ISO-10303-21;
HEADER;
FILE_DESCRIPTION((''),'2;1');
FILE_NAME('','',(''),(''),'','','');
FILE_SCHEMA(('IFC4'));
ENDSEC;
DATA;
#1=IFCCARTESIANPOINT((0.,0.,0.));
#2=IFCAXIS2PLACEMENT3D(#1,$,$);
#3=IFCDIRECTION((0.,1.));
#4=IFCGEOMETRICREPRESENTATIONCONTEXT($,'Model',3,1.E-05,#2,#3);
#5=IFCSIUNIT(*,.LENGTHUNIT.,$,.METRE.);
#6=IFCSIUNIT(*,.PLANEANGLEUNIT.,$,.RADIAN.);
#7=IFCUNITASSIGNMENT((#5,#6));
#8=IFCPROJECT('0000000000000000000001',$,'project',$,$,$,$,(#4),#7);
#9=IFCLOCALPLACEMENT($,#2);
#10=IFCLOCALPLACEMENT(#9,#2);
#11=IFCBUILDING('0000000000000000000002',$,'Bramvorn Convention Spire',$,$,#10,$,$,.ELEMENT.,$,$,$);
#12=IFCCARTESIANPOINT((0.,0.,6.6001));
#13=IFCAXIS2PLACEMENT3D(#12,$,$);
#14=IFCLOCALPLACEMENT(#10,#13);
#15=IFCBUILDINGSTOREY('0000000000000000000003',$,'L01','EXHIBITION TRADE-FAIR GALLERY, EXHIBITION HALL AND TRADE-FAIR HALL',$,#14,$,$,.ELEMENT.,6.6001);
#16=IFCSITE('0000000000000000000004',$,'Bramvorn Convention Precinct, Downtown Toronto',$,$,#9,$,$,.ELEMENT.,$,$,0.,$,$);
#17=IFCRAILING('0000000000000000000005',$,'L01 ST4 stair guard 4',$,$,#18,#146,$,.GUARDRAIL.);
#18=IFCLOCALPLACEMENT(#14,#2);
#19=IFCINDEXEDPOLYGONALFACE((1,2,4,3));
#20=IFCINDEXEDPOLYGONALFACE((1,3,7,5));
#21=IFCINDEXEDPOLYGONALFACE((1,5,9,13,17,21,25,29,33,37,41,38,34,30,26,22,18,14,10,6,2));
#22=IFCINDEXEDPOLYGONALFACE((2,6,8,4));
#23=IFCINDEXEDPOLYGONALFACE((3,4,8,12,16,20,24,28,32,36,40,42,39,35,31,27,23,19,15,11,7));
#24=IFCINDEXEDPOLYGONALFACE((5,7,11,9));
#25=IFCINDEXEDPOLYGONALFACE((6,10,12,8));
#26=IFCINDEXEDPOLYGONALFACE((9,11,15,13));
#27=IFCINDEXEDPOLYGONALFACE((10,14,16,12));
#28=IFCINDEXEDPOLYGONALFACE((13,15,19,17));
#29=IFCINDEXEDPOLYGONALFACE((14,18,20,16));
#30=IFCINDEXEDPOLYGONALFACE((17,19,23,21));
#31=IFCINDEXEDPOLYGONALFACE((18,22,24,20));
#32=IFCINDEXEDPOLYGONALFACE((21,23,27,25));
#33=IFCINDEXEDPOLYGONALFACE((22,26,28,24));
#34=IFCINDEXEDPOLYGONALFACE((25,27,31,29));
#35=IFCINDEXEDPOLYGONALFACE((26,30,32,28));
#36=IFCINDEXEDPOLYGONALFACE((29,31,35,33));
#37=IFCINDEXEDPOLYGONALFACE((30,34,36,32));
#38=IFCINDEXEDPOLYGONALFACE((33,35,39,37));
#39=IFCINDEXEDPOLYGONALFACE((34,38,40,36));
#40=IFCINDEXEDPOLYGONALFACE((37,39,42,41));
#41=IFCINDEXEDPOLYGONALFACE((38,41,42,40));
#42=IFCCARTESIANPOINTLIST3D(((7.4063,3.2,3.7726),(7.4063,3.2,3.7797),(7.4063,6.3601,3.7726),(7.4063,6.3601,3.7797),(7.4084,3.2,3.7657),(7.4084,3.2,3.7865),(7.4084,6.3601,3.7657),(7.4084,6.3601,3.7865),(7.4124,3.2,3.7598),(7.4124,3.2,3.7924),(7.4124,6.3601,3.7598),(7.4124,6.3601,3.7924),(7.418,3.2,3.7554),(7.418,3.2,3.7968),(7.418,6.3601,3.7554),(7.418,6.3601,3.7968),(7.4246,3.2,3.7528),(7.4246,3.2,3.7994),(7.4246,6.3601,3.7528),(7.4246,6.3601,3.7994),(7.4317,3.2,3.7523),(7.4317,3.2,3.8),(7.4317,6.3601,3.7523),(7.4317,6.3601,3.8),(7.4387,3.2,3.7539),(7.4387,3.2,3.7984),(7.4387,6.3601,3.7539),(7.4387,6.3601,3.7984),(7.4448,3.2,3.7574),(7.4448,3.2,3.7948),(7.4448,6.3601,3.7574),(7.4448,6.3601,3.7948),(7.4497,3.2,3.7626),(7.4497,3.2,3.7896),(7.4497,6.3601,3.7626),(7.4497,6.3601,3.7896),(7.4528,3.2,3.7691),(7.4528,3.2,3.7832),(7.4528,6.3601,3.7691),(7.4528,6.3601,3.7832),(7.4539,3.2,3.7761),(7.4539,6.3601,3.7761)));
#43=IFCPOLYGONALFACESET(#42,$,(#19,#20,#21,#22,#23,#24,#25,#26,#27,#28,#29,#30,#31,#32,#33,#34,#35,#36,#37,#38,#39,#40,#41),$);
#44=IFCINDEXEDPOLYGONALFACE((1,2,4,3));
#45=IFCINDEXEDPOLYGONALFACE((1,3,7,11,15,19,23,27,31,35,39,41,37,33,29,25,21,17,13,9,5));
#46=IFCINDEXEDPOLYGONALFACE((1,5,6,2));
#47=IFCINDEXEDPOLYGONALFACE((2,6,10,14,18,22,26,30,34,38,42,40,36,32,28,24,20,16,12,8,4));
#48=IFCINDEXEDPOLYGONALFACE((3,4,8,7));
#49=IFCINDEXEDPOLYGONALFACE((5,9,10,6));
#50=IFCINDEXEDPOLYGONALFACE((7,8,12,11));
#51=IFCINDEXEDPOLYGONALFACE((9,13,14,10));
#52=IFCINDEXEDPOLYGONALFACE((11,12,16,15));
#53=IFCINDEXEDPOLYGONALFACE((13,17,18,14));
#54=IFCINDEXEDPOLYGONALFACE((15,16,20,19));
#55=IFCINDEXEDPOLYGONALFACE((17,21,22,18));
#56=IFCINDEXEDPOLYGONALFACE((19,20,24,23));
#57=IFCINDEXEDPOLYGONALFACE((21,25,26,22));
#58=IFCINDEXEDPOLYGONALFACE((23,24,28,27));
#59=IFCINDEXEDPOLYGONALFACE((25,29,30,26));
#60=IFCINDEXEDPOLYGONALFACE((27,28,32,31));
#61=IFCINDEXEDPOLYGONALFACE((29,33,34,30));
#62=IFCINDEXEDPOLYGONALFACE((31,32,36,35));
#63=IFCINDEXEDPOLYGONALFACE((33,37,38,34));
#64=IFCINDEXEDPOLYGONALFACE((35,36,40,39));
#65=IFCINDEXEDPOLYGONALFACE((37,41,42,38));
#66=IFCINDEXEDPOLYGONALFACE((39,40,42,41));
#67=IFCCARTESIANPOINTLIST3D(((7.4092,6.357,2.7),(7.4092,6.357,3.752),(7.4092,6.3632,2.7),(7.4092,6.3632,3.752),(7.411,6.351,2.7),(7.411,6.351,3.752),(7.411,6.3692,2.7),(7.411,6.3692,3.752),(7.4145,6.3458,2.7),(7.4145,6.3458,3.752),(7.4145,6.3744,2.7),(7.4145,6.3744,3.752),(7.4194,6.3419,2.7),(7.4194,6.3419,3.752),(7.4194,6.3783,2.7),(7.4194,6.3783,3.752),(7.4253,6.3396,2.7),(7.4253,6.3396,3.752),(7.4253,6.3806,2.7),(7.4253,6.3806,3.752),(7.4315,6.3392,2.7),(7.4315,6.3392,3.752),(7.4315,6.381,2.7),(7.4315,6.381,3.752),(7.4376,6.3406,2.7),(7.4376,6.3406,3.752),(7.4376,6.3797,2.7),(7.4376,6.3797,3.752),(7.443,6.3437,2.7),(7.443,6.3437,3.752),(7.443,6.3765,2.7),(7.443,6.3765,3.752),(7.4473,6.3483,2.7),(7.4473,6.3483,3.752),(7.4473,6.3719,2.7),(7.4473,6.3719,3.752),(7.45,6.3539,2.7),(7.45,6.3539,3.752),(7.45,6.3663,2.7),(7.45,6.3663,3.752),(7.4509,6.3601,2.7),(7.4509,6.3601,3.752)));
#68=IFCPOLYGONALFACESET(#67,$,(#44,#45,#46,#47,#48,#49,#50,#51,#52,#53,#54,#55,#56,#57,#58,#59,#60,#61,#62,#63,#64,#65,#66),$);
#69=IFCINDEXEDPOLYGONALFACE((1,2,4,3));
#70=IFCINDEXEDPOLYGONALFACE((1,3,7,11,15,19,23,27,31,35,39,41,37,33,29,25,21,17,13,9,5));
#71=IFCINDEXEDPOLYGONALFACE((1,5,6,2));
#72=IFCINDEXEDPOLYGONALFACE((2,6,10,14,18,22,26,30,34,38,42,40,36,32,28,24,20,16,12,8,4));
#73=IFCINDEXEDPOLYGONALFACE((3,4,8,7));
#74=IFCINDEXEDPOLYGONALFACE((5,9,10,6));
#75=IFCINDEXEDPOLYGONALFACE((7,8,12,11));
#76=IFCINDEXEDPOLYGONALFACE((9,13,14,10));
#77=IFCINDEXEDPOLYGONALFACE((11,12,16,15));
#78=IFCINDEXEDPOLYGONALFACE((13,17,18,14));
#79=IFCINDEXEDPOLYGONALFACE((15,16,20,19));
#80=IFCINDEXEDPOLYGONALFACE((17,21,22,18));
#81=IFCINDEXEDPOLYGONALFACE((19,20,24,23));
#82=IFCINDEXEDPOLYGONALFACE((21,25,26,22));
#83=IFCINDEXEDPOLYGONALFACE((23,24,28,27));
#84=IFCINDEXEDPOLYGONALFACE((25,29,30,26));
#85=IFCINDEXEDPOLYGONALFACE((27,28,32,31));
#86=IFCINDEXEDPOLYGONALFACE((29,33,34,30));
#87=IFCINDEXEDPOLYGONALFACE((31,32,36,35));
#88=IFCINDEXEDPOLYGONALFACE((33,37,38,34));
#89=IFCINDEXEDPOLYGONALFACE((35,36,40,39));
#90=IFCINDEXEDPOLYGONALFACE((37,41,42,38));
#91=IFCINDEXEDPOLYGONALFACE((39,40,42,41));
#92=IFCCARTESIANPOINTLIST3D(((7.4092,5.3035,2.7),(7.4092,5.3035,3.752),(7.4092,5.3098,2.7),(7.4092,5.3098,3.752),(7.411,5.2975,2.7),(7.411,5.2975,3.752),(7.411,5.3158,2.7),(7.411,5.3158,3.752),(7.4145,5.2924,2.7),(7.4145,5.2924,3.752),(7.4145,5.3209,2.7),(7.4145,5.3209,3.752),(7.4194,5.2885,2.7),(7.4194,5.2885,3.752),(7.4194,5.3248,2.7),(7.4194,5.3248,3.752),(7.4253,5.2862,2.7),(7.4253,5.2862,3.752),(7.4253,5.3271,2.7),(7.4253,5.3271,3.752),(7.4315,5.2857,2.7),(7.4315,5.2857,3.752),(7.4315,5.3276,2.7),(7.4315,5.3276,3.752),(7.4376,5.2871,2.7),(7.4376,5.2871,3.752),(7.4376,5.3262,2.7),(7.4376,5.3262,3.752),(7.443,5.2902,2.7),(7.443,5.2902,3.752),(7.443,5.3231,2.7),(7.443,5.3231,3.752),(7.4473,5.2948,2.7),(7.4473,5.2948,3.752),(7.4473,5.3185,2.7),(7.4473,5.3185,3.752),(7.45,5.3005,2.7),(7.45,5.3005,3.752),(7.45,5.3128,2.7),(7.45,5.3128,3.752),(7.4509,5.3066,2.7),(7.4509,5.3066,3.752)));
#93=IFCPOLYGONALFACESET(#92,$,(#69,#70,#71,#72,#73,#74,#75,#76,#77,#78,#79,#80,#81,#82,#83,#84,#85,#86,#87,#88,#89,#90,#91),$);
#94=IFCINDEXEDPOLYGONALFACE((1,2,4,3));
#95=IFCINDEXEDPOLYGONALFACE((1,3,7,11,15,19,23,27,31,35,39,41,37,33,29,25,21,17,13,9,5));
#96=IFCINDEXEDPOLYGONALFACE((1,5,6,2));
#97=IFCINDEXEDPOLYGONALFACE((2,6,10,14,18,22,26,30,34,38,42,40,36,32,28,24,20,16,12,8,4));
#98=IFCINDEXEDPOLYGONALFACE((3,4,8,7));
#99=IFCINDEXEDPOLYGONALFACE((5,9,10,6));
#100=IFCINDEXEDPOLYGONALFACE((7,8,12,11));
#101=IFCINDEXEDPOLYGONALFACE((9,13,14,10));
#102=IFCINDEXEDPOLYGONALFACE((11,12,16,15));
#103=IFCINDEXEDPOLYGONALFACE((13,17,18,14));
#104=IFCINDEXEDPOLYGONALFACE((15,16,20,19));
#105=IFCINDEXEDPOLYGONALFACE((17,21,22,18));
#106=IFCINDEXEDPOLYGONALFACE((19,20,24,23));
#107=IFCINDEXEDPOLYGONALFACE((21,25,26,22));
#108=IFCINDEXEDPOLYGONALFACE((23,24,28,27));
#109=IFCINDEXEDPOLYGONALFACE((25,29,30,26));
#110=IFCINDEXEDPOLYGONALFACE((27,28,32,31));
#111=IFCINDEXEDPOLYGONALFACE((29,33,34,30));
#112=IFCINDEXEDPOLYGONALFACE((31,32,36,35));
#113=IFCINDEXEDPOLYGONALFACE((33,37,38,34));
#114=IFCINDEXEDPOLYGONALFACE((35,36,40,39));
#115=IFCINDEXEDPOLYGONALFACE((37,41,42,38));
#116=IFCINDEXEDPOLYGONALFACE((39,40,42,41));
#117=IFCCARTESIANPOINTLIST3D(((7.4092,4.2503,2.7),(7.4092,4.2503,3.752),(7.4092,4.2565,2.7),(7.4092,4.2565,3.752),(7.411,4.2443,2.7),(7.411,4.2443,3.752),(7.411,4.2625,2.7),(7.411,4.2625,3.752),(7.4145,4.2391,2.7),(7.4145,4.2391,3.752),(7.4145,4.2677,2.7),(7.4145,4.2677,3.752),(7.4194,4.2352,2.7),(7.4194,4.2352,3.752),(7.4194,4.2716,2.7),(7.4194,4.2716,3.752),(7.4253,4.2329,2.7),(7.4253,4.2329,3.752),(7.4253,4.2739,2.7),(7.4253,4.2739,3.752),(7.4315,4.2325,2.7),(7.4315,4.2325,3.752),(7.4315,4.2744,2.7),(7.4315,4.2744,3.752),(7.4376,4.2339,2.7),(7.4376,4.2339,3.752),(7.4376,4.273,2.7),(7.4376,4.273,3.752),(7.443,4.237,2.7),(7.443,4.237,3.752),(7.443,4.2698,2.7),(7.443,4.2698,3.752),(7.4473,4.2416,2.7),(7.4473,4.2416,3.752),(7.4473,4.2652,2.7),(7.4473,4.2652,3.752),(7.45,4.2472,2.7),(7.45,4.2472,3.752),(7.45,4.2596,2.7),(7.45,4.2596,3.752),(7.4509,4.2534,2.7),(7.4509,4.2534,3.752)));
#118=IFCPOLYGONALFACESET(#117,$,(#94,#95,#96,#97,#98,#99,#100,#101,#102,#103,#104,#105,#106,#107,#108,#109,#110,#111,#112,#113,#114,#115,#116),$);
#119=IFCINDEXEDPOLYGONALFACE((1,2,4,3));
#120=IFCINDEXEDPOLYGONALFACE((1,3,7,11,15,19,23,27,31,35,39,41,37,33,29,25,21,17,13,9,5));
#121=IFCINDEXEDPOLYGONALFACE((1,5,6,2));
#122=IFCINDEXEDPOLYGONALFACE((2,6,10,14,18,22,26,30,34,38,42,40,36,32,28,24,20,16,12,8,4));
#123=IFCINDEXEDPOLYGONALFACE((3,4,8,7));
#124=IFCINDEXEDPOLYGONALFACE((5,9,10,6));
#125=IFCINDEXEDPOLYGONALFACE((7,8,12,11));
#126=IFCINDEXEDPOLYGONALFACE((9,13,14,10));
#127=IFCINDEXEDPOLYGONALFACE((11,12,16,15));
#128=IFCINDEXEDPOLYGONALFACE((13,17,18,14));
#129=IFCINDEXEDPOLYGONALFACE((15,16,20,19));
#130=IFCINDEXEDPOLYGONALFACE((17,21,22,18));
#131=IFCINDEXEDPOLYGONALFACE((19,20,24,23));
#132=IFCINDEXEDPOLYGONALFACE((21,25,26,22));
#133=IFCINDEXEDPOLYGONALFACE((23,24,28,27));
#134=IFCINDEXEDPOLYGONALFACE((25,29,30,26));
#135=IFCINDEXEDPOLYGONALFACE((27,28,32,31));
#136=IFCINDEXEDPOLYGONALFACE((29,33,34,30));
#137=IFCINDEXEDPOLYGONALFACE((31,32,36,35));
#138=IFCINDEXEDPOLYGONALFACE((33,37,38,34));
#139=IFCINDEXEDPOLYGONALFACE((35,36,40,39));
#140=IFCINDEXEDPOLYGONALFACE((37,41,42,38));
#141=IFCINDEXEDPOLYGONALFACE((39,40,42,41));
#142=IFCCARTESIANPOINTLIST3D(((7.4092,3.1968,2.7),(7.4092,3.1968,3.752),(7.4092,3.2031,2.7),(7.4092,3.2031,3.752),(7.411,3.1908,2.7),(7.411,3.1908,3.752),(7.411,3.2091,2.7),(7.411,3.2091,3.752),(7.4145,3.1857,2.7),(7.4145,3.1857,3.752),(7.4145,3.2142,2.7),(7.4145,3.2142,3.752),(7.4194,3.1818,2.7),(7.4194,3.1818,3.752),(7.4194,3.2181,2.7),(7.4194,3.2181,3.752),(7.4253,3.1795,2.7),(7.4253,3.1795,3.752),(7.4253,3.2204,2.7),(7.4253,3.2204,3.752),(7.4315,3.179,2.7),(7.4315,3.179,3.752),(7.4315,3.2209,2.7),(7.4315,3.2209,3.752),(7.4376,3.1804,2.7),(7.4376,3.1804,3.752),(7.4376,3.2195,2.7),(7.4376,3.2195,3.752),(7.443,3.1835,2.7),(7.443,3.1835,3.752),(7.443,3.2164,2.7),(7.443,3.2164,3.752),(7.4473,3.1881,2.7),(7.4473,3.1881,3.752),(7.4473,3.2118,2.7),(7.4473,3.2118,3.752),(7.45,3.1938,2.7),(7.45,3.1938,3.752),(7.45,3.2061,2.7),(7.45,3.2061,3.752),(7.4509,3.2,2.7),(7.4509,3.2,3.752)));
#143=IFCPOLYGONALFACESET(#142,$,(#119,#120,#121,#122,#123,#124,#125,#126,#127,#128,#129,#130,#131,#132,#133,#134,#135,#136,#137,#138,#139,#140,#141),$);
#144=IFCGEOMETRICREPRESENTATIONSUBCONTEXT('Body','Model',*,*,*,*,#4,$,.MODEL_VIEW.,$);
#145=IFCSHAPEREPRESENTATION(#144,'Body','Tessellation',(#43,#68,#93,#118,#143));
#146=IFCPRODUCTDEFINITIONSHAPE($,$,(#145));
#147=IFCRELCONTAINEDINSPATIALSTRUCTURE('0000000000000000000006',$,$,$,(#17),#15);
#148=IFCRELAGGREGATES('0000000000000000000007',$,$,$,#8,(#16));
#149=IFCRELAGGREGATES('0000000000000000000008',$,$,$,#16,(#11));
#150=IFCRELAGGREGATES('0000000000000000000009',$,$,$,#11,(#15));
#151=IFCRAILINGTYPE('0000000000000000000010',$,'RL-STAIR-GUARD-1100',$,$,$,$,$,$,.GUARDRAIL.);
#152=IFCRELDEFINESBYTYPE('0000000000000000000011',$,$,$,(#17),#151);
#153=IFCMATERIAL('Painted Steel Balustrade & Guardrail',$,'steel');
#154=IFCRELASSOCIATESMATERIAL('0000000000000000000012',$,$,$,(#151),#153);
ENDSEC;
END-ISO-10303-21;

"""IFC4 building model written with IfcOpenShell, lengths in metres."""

from ifc_helpers import new_model, si_unit, direction, frame, origin, origin_2d, place, context, subcontext, project, spatial, circle, extrude, material, type_object, element, save


model = new_model("IFC4")

# Units and contexts
model_context = context("Model", 3, precision=1e-05, world=origin(), true_north=direction((0.0, 1.0)))
body_context = subcontext(model_context, "Body", "Model", "MODEL_VIEW")
ifc_project = project(units=[si_unit("LENGTHUNIT", "METRE"), si_unit("PLANEANGLEUNIT", "RADIAN")], contexts=[model_context])

# Site, building, storey
site_placement = place(None, origin())
site = spatial("IfcSite", under=ifc_project, at=site_placement, Name="Bramvorn Convention Precinct, Downtown Toronto", CompositionType="ELEMENT", RefElevation=0.0)
building_placement = place(site_placement, origin())
building = spatial("IfcBuilding", under=site, at=building_placement, Name="Bramvorn Convention Spire", CompositionType="ELEMENT")
storey_placement = place(building_placement, frame((0.0, 0.0, 6.6001)))
storey = spatial("IfcBuildingStorey", under=building, at=storey_placement, Name="L01", Description="EXHIBITION TRADE-FAIR GALLERY, EXHIBITION HALL AND TRADE-FAIR HALL", CompositionType="ELEMENT", Elevation=6.6001)

# Railing
ifc_material_1 = material(Name="Painted Steel Balustrade & Guardrail", Category="steel")
railing_type_1 = type_object("IfcRailingType", Name="RL-STAIR-GUARD-1100", PredefinedType="GUARDRAIL", material=ifc_material_1)
for number, where, name in (
    (1, (7.4299, 6.3601, 2.7), "L01 ST4 stair guard 4"),
):
    element("IfcRailing", number, at=place(storey_placement, frame(where)), inside=storey, type_object=railing_type_1, Name=name, PredefinedType="GUARDRAIL", context=body_context, shape_type="SweptSolid", body=[
        extrude(circle(Radius=0.0239, at=origin_2d()), frame((0.0, 0.0, 1.0762), z_axis=(0.0, -1.0, 0.0), x_axis=(1.0, 0.0, 0.0)), (0.0, 0.0, 1.0), 3.1602),
        extrude(circle(Radius=0.021, at=origin_2d()), origin(), (0.0, 0.0, 1.0), 1.052),
        extrude(circle(Radius=0.021, at=origin_2d()), frame((0.0, -1.0535, 0.0)), (0.0, 0.0, 1.0), 1.052),
        extrude(circle(Radius=0.021, at=origin_2d()), frame((0.0, -2.1067, 0.0)), (0.0, 0.0, 1.0), 1.052),
        extrude(circle(Radius=0.021, at=origin_2d()), frame((0.0, -3.1602, 0.0)), (0.0, 0.0, 1.0), 1.052),
    ])

save(model, "model.ifc")
